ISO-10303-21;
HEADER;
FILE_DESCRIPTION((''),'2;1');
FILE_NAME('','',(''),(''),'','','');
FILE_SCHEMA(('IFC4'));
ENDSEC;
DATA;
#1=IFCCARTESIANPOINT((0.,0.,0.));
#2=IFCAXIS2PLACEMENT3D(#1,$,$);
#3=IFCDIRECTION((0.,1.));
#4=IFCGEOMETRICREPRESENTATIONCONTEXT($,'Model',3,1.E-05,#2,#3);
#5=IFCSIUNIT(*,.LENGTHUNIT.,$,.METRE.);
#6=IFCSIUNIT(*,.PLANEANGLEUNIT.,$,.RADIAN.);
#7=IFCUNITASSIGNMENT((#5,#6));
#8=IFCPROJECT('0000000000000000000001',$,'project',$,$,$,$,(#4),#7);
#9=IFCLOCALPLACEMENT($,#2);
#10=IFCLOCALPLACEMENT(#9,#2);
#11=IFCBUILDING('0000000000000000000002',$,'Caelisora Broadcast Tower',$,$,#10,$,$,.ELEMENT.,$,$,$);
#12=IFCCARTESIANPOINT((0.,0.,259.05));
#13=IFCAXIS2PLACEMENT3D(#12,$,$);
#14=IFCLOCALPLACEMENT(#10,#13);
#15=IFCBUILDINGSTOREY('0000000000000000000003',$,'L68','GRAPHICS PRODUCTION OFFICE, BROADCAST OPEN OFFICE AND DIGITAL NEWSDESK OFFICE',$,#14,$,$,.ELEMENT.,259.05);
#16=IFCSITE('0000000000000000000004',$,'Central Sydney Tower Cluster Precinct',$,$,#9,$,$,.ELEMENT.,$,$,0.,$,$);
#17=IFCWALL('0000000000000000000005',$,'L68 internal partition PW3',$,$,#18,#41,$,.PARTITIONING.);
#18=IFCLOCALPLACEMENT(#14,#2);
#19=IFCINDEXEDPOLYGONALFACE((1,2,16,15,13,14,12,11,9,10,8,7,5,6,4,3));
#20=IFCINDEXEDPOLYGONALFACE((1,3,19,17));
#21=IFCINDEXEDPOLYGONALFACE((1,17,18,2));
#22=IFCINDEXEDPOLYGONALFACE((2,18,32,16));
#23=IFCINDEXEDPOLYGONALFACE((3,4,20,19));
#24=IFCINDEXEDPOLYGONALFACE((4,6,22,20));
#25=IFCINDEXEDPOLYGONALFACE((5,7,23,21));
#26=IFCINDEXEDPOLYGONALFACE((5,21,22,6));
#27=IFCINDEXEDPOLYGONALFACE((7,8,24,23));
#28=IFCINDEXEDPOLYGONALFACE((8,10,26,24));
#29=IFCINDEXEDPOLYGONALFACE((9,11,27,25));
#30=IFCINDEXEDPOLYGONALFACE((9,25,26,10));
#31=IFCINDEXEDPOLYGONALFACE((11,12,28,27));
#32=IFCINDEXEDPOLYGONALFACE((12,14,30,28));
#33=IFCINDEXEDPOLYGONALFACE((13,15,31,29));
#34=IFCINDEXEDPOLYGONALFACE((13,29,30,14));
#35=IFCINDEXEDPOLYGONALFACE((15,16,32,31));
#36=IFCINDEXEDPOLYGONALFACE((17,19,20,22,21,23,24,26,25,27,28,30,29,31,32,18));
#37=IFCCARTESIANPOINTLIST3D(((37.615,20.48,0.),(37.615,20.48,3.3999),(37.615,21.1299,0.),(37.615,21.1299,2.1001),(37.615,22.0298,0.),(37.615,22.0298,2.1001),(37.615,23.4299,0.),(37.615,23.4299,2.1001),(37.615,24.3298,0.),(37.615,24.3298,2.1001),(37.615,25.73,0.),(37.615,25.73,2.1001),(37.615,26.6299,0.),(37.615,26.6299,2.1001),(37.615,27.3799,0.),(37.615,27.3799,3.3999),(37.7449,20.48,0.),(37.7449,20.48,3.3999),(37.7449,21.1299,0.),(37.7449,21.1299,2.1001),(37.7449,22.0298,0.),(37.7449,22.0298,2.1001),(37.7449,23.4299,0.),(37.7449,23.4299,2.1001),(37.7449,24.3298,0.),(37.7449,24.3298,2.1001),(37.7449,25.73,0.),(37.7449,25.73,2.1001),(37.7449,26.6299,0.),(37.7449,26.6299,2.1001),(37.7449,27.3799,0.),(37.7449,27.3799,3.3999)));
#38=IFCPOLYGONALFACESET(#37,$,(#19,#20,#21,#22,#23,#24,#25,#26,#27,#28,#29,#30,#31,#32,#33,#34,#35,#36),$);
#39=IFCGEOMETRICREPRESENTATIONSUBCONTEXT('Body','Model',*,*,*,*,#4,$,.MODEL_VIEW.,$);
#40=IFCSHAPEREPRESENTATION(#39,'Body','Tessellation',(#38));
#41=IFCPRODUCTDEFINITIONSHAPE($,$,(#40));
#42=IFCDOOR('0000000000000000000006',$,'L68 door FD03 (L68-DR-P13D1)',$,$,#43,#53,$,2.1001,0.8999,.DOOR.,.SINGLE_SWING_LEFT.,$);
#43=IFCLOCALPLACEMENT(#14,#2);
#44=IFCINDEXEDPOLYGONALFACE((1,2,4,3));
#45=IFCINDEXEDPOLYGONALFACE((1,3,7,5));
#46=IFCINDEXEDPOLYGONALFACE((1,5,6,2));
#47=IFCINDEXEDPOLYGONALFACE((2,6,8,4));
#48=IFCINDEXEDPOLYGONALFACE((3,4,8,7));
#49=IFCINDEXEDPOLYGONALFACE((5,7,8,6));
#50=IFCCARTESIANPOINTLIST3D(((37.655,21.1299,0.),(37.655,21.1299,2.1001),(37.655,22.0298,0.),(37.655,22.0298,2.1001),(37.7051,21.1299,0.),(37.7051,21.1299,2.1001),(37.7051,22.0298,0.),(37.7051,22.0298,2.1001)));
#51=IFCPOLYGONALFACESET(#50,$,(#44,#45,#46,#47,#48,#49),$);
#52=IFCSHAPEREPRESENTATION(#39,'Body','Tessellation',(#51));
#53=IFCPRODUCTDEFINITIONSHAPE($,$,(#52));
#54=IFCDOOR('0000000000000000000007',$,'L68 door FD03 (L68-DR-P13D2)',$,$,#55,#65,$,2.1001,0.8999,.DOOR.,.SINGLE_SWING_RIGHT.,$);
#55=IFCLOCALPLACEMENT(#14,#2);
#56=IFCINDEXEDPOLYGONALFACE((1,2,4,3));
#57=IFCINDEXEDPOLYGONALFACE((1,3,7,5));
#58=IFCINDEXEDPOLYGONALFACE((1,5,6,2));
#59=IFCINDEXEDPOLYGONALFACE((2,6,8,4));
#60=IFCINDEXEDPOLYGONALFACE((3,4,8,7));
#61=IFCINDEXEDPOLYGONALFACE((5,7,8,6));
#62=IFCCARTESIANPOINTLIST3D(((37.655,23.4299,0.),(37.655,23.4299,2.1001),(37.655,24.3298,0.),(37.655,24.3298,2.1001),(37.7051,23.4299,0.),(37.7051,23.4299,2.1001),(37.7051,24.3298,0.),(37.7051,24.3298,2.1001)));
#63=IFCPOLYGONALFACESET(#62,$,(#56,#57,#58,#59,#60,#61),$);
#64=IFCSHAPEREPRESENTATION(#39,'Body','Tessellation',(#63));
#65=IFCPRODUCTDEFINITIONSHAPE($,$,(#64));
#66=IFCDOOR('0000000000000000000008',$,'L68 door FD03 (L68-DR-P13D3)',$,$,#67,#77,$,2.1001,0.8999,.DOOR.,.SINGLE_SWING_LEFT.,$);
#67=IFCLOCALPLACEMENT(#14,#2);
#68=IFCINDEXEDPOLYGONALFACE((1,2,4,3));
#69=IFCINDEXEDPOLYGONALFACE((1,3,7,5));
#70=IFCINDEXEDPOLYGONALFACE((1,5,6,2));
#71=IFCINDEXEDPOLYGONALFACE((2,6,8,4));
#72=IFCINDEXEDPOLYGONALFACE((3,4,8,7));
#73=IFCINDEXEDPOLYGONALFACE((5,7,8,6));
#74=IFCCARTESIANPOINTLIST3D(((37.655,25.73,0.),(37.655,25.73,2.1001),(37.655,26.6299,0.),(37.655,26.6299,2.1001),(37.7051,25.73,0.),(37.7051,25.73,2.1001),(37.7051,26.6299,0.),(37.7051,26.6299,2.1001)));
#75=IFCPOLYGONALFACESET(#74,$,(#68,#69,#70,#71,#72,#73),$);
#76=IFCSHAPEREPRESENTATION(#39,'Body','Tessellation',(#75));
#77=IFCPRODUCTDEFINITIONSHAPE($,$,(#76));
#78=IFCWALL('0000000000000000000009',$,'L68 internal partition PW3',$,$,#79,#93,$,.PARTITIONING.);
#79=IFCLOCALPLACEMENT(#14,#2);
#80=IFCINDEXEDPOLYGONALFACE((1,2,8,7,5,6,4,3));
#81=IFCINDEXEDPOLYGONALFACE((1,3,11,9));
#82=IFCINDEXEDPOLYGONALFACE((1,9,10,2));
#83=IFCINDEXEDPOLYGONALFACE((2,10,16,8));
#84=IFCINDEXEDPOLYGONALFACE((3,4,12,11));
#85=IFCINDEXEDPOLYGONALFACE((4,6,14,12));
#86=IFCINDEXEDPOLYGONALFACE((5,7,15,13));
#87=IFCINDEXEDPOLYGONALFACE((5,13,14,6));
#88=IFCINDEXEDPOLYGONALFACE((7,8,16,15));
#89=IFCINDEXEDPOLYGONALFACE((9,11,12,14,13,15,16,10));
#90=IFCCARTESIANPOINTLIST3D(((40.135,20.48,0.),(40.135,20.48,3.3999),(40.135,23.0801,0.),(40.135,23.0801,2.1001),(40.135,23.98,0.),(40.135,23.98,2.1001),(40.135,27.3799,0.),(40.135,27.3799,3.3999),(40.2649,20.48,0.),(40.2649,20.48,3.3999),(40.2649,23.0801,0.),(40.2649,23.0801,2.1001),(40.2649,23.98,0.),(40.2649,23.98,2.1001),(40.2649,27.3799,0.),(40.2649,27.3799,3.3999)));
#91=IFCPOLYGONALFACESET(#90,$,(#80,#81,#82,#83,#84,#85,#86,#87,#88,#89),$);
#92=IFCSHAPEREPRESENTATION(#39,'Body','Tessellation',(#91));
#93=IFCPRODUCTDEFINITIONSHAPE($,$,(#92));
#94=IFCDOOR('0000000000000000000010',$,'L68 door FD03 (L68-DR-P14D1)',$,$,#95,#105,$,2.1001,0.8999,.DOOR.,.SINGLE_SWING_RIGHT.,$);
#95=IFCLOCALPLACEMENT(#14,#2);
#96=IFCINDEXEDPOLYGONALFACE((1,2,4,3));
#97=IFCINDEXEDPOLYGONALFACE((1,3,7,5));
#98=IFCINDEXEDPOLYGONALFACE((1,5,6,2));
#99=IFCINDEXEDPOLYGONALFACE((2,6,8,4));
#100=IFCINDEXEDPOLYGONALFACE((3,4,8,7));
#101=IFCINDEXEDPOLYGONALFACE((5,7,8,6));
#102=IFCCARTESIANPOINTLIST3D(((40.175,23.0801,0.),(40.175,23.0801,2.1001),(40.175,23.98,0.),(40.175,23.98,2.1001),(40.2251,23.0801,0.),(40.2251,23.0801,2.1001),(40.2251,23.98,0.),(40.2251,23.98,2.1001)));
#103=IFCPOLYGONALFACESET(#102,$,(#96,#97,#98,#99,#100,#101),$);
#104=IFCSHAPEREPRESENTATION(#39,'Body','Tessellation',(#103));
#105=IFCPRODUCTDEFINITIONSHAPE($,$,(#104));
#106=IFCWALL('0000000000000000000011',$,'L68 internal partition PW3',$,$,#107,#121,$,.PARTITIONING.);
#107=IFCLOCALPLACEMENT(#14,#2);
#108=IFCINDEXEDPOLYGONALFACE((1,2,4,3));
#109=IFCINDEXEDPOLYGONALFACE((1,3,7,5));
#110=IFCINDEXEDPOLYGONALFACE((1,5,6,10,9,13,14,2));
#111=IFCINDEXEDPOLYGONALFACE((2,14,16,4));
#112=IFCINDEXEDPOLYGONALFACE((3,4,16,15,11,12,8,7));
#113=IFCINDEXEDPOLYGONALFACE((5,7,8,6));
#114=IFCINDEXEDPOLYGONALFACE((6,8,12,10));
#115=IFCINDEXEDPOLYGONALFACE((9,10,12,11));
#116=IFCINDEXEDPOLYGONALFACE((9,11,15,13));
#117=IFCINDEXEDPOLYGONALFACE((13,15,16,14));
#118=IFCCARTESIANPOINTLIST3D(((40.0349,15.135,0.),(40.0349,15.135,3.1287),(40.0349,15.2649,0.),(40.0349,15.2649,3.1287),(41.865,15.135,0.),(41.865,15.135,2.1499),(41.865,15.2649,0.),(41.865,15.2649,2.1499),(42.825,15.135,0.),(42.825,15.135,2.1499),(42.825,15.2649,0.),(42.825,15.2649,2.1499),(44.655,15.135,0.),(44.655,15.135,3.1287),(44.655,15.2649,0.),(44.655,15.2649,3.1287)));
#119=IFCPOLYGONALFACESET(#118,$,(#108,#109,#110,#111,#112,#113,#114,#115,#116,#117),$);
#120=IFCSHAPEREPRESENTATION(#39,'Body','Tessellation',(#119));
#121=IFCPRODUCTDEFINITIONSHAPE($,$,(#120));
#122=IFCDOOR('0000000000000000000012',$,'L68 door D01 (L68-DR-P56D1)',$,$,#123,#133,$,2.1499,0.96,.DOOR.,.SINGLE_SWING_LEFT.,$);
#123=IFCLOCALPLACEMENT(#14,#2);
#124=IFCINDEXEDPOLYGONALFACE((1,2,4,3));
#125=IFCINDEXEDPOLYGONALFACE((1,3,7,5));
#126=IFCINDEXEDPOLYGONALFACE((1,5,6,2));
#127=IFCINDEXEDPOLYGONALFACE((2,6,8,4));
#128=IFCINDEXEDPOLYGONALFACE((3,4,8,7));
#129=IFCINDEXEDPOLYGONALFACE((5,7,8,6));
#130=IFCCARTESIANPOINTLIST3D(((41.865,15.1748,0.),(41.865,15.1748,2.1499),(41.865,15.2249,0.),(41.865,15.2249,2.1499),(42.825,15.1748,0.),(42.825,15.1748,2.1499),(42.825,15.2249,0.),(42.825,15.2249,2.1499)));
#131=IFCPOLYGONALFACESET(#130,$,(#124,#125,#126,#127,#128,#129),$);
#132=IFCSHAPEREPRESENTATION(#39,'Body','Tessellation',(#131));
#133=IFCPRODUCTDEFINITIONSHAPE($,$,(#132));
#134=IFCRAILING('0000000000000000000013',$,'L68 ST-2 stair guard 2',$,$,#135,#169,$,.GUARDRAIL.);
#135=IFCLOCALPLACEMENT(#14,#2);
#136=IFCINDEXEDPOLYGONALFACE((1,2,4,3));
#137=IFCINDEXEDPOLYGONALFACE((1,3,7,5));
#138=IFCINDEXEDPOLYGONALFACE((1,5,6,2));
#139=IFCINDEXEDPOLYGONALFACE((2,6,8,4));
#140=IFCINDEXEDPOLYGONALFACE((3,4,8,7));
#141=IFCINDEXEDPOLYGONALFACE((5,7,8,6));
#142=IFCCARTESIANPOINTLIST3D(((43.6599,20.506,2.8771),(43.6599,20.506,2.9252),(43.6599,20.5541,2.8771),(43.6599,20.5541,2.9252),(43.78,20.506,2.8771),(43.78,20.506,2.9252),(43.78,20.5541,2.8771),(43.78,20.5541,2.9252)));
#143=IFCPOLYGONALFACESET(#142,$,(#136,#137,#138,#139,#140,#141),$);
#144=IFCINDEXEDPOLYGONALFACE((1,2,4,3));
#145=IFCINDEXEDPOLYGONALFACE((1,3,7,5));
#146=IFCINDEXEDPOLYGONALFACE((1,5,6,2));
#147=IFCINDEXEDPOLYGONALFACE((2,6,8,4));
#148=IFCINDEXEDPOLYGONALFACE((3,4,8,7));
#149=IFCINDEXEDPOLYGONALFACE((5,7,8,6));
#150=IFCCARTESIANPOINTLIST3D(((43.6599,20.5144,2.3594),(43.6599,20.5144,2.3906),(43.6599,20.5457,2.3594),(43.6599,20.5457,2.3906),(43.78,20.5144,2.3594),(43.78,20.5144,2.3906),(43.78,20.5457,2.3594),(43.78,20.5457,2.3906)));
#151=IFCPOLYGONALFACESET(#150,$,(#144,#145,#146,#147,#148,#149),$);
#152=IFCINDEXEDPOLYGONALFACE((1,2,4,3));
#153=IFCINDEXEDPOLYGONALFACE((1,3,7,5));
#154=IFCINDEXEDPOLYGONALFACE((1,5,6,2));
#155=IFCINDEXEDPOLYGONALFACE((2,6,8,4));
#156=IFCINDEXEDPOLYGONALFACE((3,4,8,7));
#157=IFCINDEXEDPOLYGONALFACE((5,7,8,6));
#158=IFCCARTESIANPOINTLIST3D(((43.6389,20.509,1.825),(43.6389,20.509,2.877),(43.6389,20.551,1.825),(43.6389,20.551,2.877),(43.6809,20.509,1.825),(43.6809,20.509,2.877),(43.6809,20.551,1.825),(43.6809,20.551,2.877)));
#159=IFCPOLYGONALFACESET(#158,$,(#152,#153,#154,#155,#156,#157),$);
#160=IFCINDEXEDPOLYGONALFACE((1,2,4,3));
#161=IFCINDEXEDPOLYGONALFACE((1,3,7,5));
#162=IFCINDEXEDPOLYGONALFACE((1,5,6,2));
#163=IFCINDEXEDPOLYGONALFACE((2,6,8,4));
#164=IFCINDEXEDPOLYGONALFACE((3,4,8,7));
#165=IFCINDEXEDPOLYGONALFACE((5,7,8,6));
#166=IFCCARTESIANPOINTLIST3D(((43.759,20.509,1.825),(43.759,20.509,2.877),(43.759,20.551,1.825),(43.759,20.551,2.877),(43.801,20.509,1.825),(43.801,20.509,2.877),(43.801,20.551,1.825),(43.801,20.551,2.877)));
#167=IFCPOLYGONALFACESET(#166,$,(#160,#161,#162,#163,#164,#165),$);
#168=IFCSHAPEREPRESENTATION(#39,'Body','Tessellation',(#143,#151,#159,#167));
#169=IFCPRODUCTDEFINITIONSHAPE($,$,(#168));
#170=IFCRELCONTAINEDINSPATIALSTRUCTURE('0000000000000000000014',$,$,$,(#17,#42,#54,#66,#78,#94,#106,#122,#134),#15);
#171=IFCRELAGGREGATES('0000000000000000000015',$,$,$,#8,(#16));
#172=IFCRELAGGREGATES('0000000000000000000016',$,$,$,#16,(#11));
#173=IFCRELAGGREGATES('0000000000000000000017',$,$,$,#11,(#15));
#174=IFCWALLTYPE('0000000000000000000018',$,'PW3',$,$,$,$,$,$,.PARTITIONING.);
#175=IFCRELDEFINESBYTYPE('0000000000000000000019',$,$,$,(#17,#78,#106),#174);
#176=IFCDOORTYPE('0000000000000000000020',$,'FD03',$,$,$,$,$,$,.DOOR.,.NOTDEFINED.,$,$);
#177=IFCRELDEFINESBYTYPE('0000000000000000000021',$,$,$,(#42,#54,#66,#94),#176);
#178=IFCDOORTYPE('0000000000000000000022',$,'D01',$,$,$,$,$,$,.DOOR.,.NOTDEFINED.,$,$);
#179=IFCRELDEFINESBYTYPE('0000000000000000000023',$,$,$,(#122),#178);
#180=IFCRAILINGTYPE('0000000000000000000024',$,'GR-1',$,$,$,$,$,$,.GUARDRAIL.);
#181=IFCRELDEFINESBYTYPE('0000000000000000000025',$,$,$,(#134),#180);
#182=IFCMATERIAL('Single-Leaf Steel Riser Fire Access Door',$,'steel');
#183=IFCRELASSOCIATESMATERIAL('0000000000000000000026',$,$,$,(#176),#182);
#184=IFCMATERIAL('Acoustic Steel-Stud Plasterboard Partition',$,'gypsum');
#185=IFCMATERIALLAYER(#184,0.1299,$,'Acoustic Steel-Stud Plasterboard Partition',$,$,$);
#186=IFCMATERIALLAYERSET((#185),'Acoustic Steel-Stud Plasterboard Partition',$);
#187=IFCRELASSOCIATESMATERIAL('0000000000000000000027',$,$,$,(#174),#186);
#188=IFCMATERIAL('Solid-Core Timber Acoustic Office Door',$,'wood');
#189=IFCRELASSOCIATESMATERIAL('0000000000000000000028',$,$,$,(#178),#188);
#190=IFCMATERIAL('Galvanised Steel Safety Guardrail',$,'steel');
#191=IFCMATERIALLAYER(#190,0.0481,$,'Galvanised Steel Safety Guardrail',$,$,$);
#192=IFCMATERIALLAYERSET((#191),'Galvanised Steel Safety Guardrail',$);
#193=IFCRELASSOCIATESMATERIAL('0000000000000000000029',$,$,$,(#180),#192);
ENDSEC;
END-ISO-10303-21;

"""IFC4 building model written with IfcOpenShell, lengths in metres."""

from ifc_helpers import new_model, si_unit, direction, frame, frame_2d, origin, origin_2d, place, context, subcontext, project, spatial, rectangle, extrude, material, layer, layer_set, type_object, element, fill, save


model = new_model("IFC4")

# Units and contexts
model_context = context("Model", 3, precision=1e-05, world=origin(), true_north=direction((0.0, 1.0)))
body_context = subcontext(model_context, "Body", "Model", "MODEL_VIEW")
ifc_project = project(units=[si_unit("LENGTHUNIT", "METRE"), si_unit("PLANEANGLEUNIT", "RADIAN")], contexts=[model_context])

# Site, building, storey
site_placement = place(None, origin())
site = spatial("IfcSite", under=ifc_project, at=site_placement, Name="Central Sydney Tower Cluster Precinct", CompositionType="ELEMENT", RefElevation=0.0)
building_placement = place(site_placement, origin())
building = spatial("IfcBuilding", under=site, at=building_placement, Name="Caelisora Broadcast Tower", CompositionType="ELEMENT")
storey_placement = place(building_placement, frame((0.0, 0.0, 259.05)))
storey = spatial("IfcBuildingStorey", under=building, at=storey_placement, Name="L68", Description="GRAPHICS PRODUCTION OFFICE, BROADCAST OPEN OFFICE AND DIGITAL NEWSDESK OFFICE", CompositionType="ELEMENT", Elevation=259.05)

# Shared definitions
ifc_material_1 = material(Name="Single-Leaf Steel Riser Fire Access Door", Category="steel")
door_type_1 = type_object("IfcDoorType", Name="FD03", OperationType="NOTDEFINED", PredefinedType="DOOR", material=ifc_material_1)

# Wall, openings, doors
ifc_material_2 = material(Name="Acoustic Steel-Stud Plasterboard Partition", Category="gypsum")
ifc_layer_1 = layer(ifc_material_2, 0.1299, Name="Acoustic Steel-Stud Plasterboard Partition")
ifc_layer_set_1 = layer_set([ifc_layer_1], Name="Acoustic Steel-Stud Plasterboard Partition")
wall_type_1 = type_object("IfcWallType", Name="PW3", PredefinedType="PARTITIONING", material=ifc_layer_set_1)
wall_1_placement = place(storey_placement, frame((37.6799, 20.48, 0.0), z_axis=(0.0, 0.0, 1.0), x_axis=(0.0, 1.0, 0.0)))
wall_1 = element("IfcWall", 1, at=wall_1_placement, inside=storey, type_object=wall_type_1, Name="L68 internal partition PW3", PredefinedType="PARTITIONING", context=body_context, shape_type="SweptSolid", body=[
    extrude(rectangle(XDim=6.8999, YDim=0.1299, at=frame_2d((3.45, 0.0))), origin(), (0.0, 0.0, 1.0), 3.3999),
])
opening_1_placement = place(wall_1_placement, frame((0.6499, 0.0, 0.0)))
opening_1 = element("IfcOpeningElement", 2, at=opening_1_placement, cuts=wall_1, PredefinedType="OPENING", context=body_context, shape_type="SweptSolid", body=[
    extrude(rectangle(XDim=0.8999, YDim=2.1001, at=frame_2d((0.45, 1.05))), frame((0.0, 0.0769, 0.0), z_axis=(0.0, -1.0, 0.0), x_axis=(1.0, 0.0, 0.0)), (0.0, 0.0, 1.0), 0.1538),
])
opening_2_placement = place(wall_1_placement, frame((2.95, 0.0, 0.0)))
opening_2 = element("IfcOpeningElement", 3, at=opening_2_placement, cuts=wall_1, PredefinedType="OPENING", context=body_context, shape_type="SweptSolid", body=[
    extrude(rectangle(XDim=0.8999, YDim=2.1001, at=frame_2d((0.45, 1.05))), frame((0.0, 0.0769, 0.0), z_axis=(0.0, -1.0, 0.0), x_axis=(1.0, 0.0, 0.0)), (0.0, 0.0, 1.0), 0.1538),
])
opening_3_placement = place(wall_1_placement, frame((5.25, 0.0, 0.0)))
opening_3 = element("IfcOpeningElement", 4, at=opening_3_placement, cuts=wall_1, PredefinedType="OPENING", context=body_context, shape_type="SweptSolid", body=[
    extrude(rectangle(XDim=0.8999, YDim=2.1001, at=frame_2d((0.45, 1.05))), frame((0.0, 0.0769, 0.0), z_axis=(0.0, -1.0, 0.0), x_axis=(1.0, 0.0, 0.0)), (0.0, 0.0, 1.0), 0.1538),
])
door_1_placement = place(opening_1_placement, origin())
door_1 = element("IfcDoor", 5, at=door_1_placement, inside=storey, type_object=door_type_1, Name="L68 door FD03 (L68-DR-P13D1)", OperationType="SINGLE_SWING_LEFT", OverallHeight=2.1001, OverallWidth=0.8999, PredefinedType="DOOR", context=body_context, shape_type="SweptSolid", body=[
    extrude(rectangle(XDim=0.8999, YDim=2.1001, at=frame_2d((0.45, 1.05))), frame((0.0, 0.0249, 0.0), z_axis=(0.0, -1.0, 0.0), x_axis=(1.0, 0.0, 0.0)), (0.0, 0.0, 1.0), 0.05),
])
fill(opening_1, door_1)
door_2_placement = place(opening_2_placement, origin())
door_2 = element("IfcDoor", 6, at=door_2_placement, inside=storey, type_object=door_type_1, Name="L68 door FD03 (L68-DR-P13D2)", OperationType="SINGLE_SWING_RIGHT", OverallHeight=2.1001, OverallWidth=0.8999, PredefinedType="DOOR", context=body_context, shape_type="SweptSolid", body=[
    extrude(rectangle(XDim=0.8999, YDim=2.1001, at=frame_2d((0.45, 1.05))), frame((0.0, 0.0249, 0.0), z_axis=(0.0, -1.0, 0.0), x_axis=(1.0, 0.0, 0.0)), (0.0, 0.0, 1.0), 0.05),
])
fill(opening_2, door_2)
door_3_placement = place(opening_3_placement, origin())
door_3 = element("IfcDoor", 7, at=door_3_placement, inside=storey, type_object=door_type_1, Name="L68 door FD03 (L68-DR-P13D3)", OperationType="SINGLE_SWING_LEFT", OverallHeight=2.1001, OverallWidth=0.8999, PredefinedType="DOOR", context=body_context, shape_type="SweptSolid", body=[
    extrude(rectangle(XDim=0.8999, YDim=2.1001, at=frame_2d((0.45, 1.05))), frame((0.0, 0.0249, 0.0), z_axis=(0.0, -1.0, 0.0), x_axis=(1.0, 0.0, 0.0)), (0.0, 0.0, 1.0), 0.05),
])
fill(opening_3, door_3)

# Walls, openings, doors
wall_2_placement = place(storey_placement, frame((40.2, 20.48, 0.0), z_axis=(0.0, 0.0, 1.0), x_axis=(0.0, 1.0, 0.0)))
wall_2 = element("IfcWall", 8, at=wall_2_placement, inside=storey, type_object=wall_type_1, Name="L68 internal partition PW3", PredefinedType="PARTITIONING", context=body_context, shape_type="SweptSolid", body=[
    extrude(rectangle(XDim=6.8999, YDim=0.1299, at=frame_2d((3.45, 0.0))), origin(), (0.0, 0.0, 1.0), 3.3999),
])
opening_4_placement = place(wall_2_placement, frame((2.6001, 0.0, 0.0)))
opening_4 = element("IfcOpeningElement", 9, at=opening_4_placement, cuts=wall_2, PredefinedType="OPENING", context=body_context, shape_type="SweptSolid", body=[
    extrude(rectangle(XDim=0.8999, YDim=2.1001, at=frame_2d((0.45, 1.05))), frame((0.0, 0.0769, 0.0), z_axis=(0.0, -1.0, 0.0), x_axis=(1.0, 0.0, 0.0)), (0.0, 0.0, 1.0), 0.1538),
])
door_4_placement = place(opening_4_placement, origin())
door_4 = element("IfcDoor", 10, at=door_4_placement, inside=storey, type_object=door_type_1, Name="L68 door FD03 (L68-DR-P14D1)", OperationType="SINGLE_SWING_RIGHT", OverallHeight=2.1001, OverallWidth=0.8999, PredefinedType="DOOR", context=body_context, shape_type="SweptSolid", body=[
    extrude(rectangle(XDim=0.8999, YDim=2.1001, at=frame_2d((0.45, 1.05))), frame((0.0, 0.0249, 0.0), z_axis=(0.0, -1.0, 0.0), x_axis=(1.0, 0.0, 0.0)), (0.0, 0.0, 1.0), 0.05),
])
fill(opening_4, door_4)
wall_3_placement = place(storey_placement, frame((40.0349, 15.2, 0.0), z_axis=(0.0, 0.0, 1.0), x_axis=(1.0, 0.0, 0.0)))
wall_3 = element("IfcWall", 11, at=wall_3_placement, inside=storey, type_object=wall_type_1, Name="L68 internal partition PW3", PredefinedType="PARTITIONING", context=body_context, shape_type="SweptSolid", body=[
    extrude(rectangle(XDim=4.6201, YDim=0.1299, at=frame_2d((2.3101, 0.0))), origin(), (0.0, 0.0, 1.0), 3.1287),
])
opening_5_placement = place(wall_3_placement, frame((1.8301, 0.0, 0.0)))
opening_5 = element("IfcOpeningElement", 12, at=opening_5_placement, cuts=wall_3, PredefinedType="OPENING", context=body_context, shape_type="SweptSolid", body=[
    extrude(rectangle(XDim=0.96, YDim=2.1499, at=frame_2d((0.48, 1.075))), frame((0.0, 0.0769, 0.0), z_axis=(0.0, -1.0, 0.0), x_axis=(1.0, 0.0, 0.0)), (0.0, 0.0, 1.0), 0.1538),
])
ifc_material_3 = material(Name="Solid-Core Timber Acoustic Office Door", Category="wood")
door_type_2 = type_object("IfcDoorType", Name="D01", OperationType="NOTDEFINED", PredefinedType="DOOR", material=ifc_material_3)
door_5_placement = place(opening_5_placement, origin())
door_5 = element("IfcDoor", 13, at=door_5_placement, inside=storey, type_object=door_type_2, Name="L68 door D01 (L68-DR-P56D1)", OperationType="SINGLE_SWING_LEFT", OverallHeight=2.1499, OverallWidth=0.96, PredefinedType="DOOR", context=body_context, shape_type="SweptSolid", body=[
    extrude(rectangle(XDim=0.96, YDim=2.1499, at=frame_2d((0.48, 1.075))), frame((0.0, 0.0249, 0.0), z_axis=(0.0, -1.0, 0.0), x_axis=(1.0, 0.0, 0.0)), (0.0, 0.0, 1.0), 0.05),
])
fill(opening_5, door_5)

# Railing
ifc_material_4 = material(Name="Galvanised Steel Safety Guardrail", Category="steel")
ifc_layer_2 = layer(ifc_material_4, 0.0481, Name="Galvanised Steel Safety Guardrail")
ifc_layer_set_2 = layer_set([ifc_layer_2], Name="Galvanised Steel Safety Guardrail")
railing_type = type_object("IfcRailingType", Name="GR-1", PredefinedType="GUARDRAIL", material=ifc_layer_set_2)
railing_placement = place(storey_placement, frame((43.6599, 20.53, 1.825)))
element("IfcRailing", 14, at=railing_placement, inside=storey, type_object=railing_type, Name="L68 ST-2 stair guard 2", PredefinedType="GUARDRAIL", context=body_context, shape_type="SweptSolid", body=[
    extrude(rectangle(XDim=0.0481, YDim=0.0481, at=origin_2d()), frame((0.0, 0.0, 1.0762), z_axis=(1.0, 0.0, 0.0), x_axis=(0.0, 1.0, 0.0)), (0.0, 0.0, 1.0), 0.1201),
    extrude(rectangle(XDim=0.0312, YDim=0.0312, at=origin_2d()), frame((0.0, 0.0, 0.55), z_axis=(1.0, 0.0, 0.0), x_axis=(0.0, 1.0, 0.0)), (0.0, 0.0, 1.0), 0.1201),
    extrude(rectangle(XDim=0.042, YDim=0.042, at=origin_2d()), origin(), (0.0, 0.0, 1.0), 1.052),
    extrude(rectangle(XDim=0.042, YDim=0.042, at=origin_2d()), frame((0.1201, 0.0, 0.0)), (0.0, 0.0, 1.0), 1.052),
])

save(model, "model.ifc")
